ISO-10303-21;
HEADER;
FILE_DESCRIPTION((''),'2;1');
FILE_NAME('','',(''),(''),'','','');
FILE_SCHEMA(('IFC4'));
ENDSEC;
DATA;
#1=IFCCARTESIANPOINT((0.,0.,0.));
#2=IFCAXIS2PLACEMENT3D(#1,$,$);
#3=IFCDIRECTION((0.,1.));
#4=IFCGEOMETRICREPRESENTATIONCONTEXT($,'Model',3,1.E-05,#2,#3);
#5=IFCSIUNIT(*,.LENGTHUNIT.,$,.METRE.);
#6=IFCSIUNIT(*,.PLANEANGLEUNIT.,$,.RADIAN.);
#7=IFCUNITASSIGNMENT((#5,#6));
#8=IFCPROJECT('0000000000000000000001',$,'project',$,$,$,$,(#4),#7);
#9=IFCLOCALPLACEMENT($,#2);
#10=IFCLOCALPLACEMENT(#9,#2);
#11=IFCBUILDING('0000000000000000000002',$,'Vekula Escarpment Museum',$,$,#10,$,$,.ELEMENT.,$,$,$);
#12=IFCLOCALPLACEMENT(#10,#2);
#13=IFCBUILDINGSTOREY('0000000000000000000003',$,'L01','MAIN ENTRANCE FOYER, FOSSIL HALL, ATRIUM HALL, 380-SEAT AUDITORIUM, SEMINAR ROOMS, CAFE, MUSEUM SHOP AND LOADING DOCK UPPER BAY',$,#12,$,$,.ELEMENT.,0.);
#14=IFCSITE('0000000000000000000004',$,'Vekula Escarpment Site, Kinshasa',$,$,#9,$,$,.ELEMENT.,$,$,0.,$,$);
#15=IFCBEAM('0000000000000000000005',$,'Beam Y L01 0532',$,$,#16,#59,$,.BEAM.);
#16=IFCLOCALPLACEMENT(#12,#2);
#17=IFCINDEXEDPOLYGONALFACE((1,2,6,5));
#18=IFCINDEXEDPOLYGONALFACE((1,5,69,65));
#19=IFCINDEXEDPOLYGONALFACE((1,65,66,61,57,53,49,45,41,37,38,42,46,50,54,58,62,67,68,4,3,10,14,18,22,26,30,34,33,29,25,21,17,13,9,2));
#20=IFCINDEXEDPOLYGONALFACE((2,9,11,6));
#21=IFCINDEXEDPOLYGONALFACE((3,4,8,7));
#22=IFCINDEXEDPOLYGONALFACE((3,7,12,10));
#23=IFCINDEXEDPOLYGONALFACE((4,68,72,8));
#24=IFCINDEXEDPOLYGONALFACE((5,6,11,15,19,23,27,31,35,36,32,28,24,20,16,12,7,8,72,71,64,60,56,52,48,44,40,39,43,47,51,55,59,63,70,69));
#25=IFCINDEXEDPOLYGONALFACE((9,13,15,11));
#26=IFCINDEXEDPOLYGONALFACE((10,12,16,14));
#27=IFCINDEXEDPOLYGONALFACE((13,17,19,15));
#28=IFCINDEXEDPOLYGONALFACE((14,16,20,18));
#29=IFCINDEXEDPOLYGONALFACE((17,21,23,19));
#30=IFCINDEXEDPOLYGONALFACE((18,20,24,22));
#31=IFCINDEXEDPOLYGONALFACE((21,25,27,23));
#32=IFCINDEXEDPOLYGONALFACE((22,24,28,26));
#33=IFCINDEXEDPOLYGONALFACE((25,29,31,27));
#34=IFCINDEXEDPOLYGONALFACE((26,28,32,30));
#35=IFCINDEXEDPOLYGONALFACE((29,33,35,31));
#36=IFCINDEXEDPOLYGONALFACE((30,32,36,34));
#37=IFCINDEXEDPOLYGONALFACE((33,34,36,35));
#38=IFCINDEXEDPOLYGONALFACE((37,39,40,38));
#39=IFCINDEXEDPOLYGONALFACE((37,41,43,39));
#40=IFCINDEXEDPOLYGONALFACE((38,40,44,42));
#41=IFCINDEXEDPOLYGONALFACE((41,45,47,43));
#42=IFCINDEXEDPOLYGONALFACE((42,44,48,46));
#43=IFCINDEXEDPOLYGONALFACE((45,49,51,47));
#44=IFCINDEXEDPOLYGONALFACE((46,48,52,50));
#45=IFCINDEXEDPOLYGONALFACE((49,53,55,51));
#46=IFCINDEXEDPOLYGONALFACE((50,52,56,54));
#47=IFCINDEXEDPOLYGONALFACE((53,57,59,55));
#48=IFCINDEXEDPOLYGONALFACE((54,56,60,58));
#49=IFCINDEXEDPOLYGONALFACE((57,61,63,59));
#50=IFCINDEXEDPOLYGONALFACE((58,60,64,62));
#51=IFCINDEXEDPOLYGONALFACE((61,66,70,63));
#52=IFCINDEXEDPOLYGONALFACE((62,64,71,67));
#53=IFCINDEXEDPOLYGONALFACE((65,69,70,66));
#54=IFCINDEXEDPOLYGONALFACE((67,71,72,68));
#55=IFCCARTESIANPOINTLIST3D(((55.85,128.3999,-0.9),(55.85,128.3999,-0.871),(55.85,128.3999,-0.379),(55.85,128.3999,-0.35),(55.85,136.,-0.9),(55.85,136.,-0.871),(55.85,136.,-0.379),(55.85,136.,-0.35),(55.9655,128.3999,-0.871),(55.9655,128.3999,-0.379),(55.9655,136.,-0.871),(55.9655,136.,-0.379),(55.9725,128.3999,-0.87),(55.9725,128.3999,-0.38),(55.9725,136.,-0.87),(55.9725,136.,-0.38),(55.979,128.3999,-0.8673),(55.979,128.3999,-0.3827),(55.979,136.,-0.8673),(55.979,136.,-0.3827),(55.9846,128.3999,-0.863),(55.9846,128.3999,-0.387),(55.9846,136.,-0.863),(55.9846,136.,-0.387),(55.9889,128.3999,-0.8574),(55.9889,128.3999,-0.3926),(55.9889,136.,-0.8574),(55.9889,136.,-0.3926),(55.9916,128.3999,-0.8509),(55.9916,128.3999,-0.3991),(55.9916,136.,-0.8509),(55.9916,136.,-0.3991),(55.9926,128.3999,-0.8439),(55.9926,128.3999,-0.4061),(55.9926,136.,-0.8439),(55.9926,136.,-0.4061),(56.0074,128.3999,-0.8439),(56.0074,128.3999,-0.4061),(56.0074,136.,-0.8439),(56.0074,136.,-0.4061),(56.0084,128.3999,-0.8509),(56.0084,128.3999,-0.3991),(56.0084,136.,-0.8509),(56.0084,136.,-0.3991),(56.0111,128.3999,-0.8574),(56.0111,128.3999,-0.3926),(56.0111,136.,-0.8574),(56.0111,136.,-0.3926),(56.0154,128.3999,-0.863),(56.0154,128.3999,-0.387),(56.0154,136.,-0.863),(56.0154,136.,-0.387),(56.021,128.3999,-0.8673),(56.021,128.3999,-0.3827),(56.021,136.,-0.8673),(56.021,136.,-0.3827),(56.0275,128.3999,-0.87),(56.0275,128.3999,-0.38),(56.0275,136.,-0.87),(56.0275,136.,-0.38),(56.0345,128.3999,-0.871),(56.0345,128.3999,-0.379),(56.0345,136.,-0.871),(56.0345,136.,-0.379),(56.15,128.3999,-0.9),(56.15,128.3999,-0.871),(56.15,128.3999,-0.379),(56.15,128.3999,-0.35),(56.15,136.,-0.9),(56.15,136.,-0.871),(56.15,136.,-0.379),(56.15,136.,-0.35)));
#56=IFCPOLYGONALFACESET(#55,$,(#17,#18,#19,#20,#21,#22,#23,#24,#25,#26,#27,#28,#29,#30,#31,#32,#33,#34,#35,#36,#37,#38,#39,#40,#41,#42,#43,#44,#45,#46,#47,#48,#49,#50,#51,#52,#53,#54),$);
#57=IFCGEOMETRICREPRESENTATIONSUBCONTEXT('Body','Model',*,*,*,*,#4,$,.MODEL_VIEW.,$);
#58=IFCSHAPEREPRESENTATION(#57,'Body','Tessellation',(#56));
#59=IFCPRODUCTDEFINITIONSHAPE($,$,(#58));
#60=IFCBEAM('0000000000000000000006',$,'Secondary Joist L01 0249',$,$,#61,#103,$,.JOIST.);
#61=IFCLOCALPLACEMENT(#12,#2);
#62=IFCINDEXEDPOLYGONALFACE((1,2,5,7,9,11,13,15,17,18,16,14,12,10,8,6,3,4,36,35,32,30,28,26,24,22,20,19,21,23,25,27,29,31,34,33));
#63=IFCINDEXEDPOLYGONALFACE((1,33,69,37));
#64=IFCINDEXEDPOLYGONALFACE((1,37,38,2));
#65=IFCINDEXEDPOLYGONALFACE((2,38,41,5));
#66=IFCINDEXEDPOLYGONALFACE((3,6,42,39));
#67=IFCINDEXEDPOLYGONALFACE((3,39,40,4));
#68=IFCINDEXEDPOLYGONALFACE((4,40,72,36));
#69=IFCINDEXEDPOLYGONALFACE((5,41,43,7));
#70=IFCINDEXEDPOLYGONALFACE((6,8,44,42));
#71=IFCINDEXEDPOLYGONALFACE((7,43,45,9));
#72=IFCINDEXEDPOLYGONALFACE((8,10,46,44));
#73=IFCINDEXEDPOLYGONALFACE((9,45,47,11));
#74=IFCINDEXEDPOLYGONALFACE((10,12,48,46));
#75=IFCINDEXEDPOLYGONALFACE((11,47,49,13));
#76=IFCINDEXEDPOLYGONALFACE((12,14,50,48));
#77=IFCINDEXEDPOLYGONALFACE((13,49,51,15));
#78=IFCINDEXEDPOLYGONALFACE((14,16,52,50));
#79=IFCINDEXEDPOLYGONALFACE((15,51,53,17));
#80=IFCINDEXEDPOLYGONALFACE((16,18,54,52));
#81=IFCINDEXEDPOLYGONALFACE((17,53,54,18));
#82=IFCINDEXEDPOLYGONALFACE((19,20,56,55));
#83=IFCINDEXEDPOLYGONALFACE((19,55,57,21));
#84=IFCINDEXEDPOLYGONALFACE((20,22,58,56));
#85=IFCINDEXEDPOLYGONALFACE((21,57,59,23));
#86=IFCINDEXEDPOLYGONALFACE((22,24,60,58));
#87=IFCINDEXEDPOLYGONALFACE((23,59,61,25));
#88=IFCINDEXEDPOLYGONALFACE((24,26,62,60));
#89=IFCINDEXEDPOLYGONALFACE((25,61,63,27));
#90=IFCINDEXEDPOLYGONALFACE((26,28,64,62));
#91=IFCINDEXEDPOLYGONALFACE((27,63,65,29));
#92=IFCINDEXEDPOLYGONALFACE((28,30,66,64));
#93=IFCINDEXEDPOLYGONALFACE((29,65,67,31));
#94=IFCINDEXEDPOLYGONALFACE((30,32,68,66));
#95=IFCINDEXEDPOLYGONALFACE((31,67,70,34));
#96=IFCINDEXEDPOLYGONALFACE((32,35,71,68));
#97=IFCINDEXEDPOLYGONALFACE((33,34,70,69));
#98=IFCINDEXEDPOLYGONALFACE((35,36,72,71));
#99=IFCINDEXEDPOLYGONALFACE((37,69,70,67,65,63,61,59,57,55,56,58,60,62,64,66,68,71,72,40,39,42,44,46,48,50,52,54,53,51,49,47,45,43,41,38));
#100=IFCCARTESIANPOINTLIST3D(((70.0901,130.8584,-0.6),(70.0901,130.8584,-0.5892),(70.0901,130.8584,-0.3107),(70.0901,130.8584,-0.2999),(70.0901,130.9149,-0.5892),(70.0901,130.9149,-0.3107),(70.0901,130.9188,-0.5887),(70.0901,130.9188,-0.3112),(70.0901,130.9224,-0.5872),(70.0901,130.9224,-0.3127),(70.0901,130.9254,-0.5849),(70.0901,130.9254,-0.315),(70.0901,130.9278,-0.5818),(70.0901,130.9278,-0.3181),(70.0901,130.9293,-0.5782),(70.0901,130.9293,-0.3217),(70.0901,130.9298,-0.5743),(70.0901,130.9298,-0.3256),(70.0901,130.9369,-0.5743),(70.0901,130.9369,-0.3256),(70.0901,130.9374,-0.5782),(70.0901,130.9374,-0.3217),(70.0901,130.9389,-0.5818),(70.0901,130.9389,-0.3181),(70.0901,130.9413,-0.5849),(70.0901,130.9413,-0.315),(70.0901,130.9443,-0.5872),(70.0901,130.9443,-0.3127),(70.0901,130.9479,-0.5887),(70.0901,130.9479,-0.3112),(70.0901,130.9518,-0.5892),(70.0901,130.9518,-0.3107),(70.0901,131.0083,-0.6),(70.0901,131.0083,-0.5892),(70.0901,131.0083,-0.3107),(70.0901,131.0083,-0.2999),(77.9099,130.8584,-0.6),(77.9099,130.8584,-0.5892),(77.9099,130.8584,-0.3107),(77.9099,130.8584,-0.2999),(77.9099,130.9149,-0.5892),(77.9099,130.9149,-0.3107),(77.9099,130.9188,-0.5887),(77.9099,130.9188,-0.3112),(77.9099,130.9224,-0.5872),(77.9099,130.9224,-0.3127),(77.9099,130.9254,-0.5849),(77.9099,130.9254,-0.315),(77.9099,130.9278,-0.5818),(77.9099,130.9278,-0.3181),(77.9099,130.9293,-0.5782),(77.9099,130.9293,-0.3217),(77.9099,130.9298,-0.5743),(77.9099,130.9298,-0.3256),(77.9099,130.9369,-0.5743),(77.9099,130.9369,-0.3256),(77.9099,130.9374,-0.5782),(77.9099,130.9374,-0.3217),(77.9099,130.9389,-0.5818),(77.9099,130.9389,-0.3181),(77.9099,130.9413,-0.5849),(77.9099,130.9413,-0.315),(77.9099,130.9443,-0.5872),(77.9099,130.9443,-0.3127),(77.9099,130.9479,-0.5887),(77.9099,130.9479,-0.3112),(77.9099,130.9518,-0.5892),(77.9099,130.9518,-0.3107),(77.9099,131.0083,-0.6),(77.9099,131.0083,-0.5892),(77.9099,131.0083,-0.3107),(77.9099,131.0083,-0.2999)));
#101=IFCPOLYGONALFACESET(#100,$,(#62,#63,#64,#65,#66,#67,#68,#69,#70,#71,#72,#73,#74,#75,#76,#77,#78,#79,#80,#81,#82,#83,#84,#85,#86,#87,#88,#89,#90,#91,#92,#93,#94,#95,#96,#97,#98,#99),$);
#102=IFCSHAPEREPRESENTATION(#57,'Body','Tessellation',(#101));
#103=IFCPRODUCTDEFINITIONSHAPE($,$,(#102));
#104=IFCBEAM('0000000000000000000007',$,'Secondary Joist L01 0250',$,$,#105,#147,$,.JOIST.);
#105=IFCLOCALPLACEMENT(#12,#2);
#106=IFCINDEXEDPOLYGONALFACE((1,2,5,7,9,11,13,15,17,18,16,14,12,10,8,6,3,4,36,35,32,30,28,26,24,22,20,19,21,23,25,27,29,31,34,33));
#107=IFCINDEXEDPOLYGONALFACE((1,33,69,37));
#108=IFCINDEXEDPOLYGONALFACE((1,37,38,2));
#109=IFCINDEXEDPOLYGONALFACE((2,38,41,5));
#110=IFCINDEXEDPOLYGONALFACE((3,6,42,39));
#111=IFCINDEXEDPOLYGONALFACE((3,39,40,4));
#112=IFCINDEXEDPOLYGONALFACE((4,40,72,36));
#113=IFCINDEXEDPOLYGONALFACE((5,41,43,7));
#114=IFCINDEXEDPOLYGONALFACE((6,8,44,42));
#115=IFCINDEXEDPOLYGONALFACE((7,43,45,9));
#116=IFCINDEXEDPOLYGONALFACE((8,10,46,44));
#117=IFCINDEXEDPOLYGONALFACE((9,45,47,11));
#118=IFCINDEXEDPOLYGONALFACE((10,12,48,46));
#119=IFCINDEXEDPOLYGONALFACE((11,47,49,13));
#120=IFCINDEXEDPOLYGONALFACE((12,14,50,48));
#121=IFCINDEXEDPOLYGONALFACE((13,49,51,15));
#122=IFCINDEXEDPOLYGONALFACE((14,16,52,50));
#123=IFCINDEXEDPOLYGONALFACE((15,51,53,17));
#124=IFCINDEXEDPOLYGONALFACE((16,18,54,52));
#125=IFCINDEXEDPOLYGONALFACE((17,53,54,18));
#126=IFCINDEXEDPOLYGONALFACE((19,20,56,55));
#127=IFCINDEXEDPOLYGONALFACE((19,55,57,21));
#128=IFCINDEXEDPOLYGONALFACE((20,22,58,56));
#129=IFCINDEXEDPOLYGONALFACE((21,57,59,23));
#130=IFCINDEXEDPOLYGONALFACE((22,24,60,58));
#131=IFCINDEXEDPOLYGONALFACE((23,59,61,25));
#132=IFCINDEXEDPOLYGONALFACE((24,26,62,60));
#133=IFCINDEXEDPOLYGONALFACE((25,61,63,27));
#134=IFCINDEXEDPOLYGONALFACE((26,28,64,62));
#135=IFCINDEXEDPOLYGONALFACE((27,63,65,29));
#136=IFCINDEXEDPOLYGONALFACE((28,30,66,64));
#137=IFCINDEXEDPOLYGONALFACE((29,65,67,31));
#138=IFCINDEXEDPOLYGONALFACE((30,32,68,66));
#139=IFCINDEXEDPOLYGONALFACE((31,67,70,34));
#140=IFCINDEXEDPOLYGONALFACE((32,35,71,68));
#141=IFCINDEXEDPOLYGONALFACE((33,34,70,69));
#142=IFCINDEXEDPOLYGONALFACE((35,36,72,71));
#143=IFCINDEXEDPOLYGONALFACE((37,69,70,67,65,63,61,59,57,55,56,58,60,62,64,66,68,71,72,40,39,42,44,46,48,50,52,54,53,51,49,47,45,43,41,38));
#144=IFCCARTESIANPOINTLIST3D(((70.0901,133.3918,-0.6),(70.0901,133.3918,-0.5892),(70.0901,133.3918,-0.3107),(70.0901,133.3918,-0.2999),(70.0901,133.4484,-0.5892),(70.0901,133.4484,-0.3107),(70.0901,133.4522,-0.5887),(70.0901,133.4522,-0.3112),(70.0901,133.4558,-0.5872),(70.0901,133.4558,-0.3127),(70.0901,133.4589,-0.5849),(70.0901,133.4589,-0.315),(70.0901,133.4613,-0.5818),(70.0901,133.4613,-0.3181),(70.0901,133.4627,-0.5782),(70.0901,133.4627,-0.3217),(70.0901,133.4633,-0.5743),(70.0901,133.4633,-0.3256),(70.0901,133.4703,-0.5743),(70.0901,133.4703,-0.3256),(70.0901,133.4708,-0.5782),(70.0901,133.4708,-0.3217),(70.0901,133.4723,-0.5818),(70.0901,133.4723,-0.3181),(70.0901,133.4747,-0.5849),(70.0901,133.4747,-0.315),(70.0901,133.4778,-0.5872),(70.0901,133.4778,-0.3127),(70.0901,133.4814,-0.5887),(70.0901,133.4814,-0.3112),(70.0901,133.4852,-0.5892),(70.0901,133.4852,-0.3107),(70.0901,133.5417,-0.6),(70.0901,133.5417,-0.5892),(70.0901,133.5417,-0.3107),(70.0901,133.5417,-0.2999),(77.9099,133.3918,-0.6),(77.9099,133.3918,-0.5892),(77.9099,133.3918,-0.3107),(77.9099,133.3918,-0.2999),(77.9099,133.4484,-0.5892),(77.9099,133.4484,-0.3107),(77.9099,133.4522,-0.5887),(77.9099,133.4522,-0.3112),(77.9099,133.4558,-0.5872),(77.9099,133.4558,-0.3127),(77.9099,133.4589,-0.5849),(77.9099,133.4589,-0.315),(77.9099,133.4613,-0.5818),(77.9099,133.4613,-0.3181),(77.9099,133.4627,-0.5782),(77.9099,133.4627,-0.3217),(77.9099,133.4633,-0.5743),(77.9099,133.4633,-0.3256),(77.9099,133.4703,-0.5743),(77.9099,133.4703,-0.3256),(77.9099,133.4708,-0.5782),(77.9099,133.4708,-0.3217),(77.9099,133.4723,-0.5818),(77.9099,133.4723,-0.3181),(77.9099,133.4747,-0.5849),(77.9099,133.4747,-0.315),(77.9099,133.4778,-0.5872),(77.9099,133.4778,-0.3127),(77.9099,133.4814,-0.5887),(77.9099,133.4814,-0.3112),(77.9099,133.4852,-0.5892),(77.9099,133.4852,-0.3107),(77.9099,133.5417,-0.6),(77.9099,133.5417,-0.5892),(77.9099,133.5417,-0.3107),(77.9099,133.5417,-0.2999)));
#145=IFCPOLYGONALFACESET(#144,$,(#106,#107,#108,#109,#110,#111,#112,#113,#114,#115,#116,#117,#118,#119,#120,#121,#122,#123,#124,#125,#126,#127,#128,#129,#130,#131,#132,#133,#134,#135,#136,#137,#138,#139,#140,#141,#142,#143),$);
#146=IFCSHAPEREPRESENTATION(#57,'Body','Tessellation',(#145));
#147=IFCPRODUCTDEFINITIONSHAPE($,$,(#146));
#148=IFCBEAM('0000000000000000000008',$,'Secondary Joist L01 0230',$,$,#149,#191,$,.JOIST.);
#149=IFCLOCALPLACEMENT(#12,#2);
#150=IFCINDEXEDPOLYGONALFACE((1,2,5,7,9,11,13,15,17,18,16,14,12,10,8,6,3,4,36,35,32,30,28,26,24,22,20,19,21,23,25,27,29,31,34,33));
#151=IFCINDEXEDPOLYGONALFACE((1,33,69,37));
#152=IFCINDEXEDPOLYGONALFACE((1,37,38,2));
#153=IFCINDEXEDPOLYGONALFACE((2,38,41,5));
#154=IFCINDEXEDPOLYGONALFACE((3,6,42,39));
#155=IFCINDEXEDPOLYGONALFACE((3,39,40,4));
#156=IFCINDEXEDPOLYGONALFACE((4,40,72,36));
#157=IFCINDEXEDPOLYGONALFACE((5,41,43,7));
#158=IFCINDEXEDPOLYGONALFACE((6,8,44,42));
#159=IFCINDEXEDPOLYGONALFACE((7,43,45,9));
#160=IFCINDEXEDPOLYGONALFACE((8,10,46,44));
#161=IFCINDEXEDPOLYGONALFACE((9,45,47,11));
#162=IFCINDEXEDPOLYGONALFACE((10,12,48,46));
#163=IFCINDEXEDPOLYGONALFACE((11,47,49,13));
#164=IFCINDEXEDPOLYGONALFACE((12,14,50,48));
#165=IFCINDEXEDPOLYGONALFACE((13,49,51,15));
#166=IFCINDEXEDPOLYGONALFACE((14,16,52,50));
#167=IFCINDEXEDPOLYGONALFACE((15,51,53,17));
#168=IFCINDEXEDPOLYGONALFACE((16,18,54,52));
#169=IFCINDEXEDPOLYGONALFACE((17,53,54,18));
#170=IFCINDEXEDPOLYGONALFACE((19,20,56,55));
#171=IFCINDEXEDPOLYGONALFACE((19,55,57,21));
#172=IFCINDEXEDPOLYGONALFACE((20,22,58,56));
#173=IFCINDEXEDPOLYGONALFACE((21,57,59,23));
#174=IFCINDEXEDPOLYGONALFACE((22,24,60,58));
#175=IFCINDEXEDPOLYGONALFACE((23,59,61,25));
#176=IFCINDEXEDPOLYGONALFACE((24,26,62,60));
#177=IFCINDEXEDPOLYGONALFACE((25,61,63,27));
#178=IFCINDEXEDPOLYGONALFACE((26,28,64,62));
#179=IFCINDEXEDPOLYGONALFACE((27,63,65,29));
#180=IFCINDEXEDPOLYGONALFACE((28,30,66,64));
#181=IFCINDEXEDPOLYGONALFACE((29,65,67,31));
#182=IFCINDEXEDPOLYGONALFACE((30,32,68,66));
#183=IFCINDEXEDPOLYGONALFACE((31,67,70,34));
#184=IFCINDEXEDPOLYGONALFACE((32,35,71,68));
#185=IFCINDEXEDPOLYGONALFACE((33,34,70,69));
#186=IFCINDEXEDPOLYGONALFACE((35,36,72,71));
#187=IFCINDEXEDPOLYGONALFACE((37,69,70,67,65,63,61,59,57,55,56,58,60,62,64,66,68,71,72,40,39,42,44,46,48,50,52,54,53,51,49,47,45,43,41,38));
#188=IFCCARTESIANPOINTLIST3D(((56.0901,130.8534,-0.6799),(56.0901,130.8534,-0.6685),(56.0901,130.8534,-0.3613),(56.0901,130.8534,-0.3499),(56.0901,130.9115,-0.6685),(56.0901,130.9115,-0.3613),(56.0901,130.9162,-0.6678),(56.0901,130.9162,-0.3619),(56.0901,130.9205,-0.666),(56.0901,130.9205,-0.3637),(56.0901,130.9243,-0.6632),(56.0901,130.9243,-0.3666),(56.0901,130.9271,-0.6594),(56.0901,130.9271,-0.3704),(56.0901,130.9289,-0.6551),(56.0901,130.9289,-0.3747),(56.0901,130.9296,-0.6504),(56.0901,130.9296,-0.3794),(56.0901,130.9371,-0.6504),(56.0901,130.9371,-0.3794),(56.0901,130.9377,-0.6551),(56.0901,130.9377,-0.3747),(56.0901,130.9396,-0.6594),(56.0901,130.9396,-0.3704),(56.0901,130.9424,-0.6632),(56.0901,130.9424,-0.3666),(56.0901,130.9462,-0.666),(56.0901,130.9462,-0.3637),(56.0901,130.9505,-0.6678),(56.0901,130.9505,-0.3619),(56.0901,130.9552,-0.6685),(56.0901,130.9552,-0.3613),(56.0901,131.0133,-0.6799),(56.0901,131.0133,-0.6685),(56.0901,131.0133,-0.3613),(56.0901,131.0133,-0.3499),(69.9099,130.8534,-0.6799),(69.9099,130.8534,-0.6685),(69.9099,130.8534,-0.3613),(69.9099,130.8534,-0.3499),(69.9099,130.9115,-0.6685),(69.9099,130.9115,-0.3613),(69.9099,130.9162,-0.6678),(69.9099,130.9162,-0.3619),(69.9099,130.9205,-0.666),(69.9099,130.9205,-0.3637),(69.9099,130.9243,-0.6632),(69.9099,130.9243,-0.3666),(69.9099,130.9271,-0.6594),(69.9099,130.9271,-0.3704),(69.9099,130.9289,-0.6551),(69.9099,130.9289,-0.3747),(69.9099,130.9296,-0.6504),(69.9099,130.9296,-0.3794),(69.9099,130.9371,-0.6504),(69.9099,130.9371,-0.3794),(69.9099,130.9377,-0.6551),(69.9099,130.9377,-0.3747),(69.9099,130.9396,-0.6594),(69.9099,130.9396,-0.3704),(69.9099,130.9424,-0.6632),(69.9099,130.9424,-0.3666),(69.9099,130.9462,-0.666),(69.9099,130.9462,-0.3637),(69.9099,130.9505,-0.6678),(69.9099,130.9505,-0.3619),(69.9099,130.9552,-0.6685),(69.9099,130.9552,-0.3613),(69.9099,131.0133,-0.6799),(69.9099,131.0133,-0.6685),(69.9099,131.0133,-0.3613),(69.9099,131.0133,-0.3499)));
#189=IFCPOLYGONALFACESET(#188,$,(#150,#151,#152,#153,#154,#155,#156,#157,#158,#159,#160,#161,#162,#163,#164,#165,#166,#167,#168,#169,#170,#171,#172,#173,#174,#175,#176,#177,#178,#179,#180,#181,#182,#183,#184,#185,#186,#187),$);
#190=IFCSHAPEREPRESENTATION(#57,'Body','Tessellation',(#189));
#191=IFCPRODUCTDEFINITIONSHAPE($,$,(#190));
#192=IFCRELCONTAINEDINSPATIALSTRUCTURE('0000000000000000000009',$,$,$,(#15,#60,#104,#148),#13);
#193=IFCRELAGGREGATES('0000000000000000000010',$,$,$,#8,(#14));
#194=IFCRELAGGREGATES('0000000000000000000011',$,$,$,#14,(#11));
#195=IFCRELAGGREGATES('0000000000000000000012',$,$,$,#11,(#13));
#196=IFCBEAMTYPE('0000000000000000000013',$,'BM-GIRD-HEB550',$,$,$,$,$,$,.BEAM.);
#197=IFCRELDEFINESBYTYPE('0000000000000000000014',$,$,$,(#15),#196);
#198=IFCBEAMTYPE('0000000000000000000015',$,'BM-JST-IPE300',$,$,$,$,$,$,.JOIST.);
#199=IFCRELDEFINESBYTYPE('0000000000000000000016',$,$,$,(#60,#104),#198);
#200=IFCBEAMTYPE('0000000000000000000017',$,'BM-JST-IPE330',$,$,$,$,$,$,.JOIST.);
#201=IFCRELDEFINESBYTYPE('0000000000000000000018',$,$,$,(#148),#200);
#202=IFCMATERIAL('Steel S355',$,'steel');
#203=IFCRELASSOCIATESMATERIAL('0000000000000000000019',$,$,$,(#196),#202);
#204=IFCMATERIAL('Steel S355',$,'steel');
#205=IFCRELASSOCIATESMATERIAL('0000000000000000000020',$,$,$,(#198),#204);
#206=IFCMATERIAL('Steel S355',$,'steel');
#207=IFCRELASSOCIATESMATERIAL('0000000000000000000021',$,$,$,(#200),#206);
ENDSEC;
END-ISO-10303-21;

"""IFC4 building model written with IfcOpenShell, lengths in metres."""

from ifc_helpers import new_model, si_unit, direction, frame, origin, origin_2d, place, context, subcontext, project, spatial, i_section, extrude, material, material_profile, profile_set, type_object, element, save


model = new_model("IFC4")

# Units and contexts
model_context = context("Model", 3, precision=1e-05, world=origin(), true_north=direction((0.0, 1.0)))
body_context = subcontext(model_context, "Body", "Model", "MODEL_VIEW")
ifc_project = project(units=[si_unit("LENGTHUNIT", "METRE"), si_unit("PLANEANGLEUNIT", "RADIAN")], contexts=[model_context])

# Site, building, storey
site_placement = place(None, origin())
site = spatial("IfcSite", under=ifc_project, at=site_placement, Name="Vekula Escarpment Site, Kinshasa", CompositionType="ELEMENT", RefElevation=0.0)
building_placement = place(site_placement, origin())
building = spatial("IfcBuilding", under=site, at=building_placement, Name="Vekula Escarpment Museum", CompositionType="ELEMENT")
storey_placement = place(building_placement, origin())
storey = spatial("IfcBuildingStorey", under=building, at=storey_placement, Name="L01", Description="MAIN ENTRANCE FOYER, FOSSIL HALL, ATRIUM HALL, 380-SEAT AUDITORIUM, SEMINAR ROOMS, CAFE, MUSEUM SHOP AND LOADING DOCK UPPER BAY", CompositionType="ELEMENT", Elevation=0.0)

# Beams
ifc_material_1 = material(Name="Steel S355", Category="steel")
ifc_material_profile_1 = material_profile(ifc_material_1, i_section(OverallWidth=0.3, OverallDepth=0.55, WebThickness=0.0149, FlangeThickness=0.0291, FilletRadius=0.0271, at=origin_2d()), Name="HEB 550")
ifc_profile_set_1 = profile_set([ifc_material_profile_1], Name="Steel S355")
beam_type_1 = type_object("IfcBeamType", Name="BM-GIRD-HEB550", PredefinedType="BEAM", material=ifc_profile_set_1)
beam_1_placement = place(storey_placement, frame((56.0, 128.3999, -0.625), z_axis=(0.0, 1.0, 0.0), x_axis=(-1.0, 0.0, 0.0)))
element("IfcBeam", 1, at=beam_1_placement, inside=storey, type_object=beam_type_1, Name="Beam Y L01 0532", PredefinedType="BEAM", context=body_context, shape_type="SweptSolid", body=[
    extrude(i_section(OverallWidth=0.3, OverallDepth=0.55, WebThickness=0.0149, FlangeThickness=0.0291, FilletRadius=0.0271, at=origin_2d()), origin(), (0.0, 0.0, 1.0), 7.6001),
])
ifc_material_2 = material(Name="Steel S355", Category="steel")
ifc_material_profile_2 = material_profile(ifc_material_2, i_section(OverallWidth=0.1499, OverallDepth=0.3, WebThickness=0.0071, FlangeThickness=0.0107, FilletRadius=0.0149, at=origin_2d()), Name="IPE 300")
ifc_profile_set_2 = profile_set([ifc_material_profile_2], Name="Steel S355")
beam_type_2 = type_object("IfcBeamType", Name="BM-JST-IPE300", PredefinedType="JOIST", material=ifc_profile_set_2)
for number, where, z_axis, x_axis, name in (
    (2, (70.0901, 130.9333, -0.45), (1.0, 0.0, 0.0), (0.0, 1.0, 0.0), "Secondary Joist L01 0249"),
    (3, (70.0901, 133.4668, -0.45), (1.0, 0.0, 0.0), (0.0, 1.0, 0.0), "Secondary Joist L01 0250"),
):
    element("IfcBeam", number, at=place(storey_placement, frame(where, z_axis=z_axis, x_axis=x_axis)), inside=storey, type_object=beam_type_2, Name=name, PredefinedType="JOIST", context=body_context, shape_type="SweptSolid", body=[
        extrude(i_section(OverallWidth=0.1499, OverallDepth=0.3, WebThickness=0.0071, FlangeThickness=0.0107, FilletRadius=0.0149, at=origin_2d()), origin(), (0.0, 0.0, 1.0), 7.8198),
    ])
ifc_material_3 = material(Name="Steel S355", Category="steel")
ifc_material_profile_3 = material_profile(ifc_material_3, i_section(OverallWidth=0.1599, OverallDepth=0.3301, WebThickness=0.0076, FlangeThickness=0.0115, FilletRadius=0.0181, at=origin_2d()), Name="IPE 330")
ifc_profile_set_3 = profile_set([ifc_material_profile_3], Name="Steel S355")
beam_type_3 = type_object("IfcBeamType", Name="BM-JST-IPE330", PredefinedType="JOIST", material=ifc_profile_set_3)
for number, where, z_axis, x_axis, name in (
    (4, (56.0901, 130.9333, -0.5149), (1.0, 0.0, 0.0), (0.0, 1.0, 0.0), "Secondary Joist L01 0230"),
):
    element("IfcBeam", number, at=place(storey_placement, frame(where, z_axis=z_axis, x_axis=x_axis)), inside=storey, type_object=beam_type_3, Name=name, PredefinedType="JOIST", context=body_context, shape_type="SweptSolid", body=[
        extrude(i_section(OverallWidth=0.1599, OverallDepth=0.3301, WebThickness=0.0076, FlangeThickness=0.0115, FilletRadius=0.0181, at=origin_2d()), origin(), (0.0, 0.0, 1.0), 13.8198),
    ])

save(model, "model.ifc")
